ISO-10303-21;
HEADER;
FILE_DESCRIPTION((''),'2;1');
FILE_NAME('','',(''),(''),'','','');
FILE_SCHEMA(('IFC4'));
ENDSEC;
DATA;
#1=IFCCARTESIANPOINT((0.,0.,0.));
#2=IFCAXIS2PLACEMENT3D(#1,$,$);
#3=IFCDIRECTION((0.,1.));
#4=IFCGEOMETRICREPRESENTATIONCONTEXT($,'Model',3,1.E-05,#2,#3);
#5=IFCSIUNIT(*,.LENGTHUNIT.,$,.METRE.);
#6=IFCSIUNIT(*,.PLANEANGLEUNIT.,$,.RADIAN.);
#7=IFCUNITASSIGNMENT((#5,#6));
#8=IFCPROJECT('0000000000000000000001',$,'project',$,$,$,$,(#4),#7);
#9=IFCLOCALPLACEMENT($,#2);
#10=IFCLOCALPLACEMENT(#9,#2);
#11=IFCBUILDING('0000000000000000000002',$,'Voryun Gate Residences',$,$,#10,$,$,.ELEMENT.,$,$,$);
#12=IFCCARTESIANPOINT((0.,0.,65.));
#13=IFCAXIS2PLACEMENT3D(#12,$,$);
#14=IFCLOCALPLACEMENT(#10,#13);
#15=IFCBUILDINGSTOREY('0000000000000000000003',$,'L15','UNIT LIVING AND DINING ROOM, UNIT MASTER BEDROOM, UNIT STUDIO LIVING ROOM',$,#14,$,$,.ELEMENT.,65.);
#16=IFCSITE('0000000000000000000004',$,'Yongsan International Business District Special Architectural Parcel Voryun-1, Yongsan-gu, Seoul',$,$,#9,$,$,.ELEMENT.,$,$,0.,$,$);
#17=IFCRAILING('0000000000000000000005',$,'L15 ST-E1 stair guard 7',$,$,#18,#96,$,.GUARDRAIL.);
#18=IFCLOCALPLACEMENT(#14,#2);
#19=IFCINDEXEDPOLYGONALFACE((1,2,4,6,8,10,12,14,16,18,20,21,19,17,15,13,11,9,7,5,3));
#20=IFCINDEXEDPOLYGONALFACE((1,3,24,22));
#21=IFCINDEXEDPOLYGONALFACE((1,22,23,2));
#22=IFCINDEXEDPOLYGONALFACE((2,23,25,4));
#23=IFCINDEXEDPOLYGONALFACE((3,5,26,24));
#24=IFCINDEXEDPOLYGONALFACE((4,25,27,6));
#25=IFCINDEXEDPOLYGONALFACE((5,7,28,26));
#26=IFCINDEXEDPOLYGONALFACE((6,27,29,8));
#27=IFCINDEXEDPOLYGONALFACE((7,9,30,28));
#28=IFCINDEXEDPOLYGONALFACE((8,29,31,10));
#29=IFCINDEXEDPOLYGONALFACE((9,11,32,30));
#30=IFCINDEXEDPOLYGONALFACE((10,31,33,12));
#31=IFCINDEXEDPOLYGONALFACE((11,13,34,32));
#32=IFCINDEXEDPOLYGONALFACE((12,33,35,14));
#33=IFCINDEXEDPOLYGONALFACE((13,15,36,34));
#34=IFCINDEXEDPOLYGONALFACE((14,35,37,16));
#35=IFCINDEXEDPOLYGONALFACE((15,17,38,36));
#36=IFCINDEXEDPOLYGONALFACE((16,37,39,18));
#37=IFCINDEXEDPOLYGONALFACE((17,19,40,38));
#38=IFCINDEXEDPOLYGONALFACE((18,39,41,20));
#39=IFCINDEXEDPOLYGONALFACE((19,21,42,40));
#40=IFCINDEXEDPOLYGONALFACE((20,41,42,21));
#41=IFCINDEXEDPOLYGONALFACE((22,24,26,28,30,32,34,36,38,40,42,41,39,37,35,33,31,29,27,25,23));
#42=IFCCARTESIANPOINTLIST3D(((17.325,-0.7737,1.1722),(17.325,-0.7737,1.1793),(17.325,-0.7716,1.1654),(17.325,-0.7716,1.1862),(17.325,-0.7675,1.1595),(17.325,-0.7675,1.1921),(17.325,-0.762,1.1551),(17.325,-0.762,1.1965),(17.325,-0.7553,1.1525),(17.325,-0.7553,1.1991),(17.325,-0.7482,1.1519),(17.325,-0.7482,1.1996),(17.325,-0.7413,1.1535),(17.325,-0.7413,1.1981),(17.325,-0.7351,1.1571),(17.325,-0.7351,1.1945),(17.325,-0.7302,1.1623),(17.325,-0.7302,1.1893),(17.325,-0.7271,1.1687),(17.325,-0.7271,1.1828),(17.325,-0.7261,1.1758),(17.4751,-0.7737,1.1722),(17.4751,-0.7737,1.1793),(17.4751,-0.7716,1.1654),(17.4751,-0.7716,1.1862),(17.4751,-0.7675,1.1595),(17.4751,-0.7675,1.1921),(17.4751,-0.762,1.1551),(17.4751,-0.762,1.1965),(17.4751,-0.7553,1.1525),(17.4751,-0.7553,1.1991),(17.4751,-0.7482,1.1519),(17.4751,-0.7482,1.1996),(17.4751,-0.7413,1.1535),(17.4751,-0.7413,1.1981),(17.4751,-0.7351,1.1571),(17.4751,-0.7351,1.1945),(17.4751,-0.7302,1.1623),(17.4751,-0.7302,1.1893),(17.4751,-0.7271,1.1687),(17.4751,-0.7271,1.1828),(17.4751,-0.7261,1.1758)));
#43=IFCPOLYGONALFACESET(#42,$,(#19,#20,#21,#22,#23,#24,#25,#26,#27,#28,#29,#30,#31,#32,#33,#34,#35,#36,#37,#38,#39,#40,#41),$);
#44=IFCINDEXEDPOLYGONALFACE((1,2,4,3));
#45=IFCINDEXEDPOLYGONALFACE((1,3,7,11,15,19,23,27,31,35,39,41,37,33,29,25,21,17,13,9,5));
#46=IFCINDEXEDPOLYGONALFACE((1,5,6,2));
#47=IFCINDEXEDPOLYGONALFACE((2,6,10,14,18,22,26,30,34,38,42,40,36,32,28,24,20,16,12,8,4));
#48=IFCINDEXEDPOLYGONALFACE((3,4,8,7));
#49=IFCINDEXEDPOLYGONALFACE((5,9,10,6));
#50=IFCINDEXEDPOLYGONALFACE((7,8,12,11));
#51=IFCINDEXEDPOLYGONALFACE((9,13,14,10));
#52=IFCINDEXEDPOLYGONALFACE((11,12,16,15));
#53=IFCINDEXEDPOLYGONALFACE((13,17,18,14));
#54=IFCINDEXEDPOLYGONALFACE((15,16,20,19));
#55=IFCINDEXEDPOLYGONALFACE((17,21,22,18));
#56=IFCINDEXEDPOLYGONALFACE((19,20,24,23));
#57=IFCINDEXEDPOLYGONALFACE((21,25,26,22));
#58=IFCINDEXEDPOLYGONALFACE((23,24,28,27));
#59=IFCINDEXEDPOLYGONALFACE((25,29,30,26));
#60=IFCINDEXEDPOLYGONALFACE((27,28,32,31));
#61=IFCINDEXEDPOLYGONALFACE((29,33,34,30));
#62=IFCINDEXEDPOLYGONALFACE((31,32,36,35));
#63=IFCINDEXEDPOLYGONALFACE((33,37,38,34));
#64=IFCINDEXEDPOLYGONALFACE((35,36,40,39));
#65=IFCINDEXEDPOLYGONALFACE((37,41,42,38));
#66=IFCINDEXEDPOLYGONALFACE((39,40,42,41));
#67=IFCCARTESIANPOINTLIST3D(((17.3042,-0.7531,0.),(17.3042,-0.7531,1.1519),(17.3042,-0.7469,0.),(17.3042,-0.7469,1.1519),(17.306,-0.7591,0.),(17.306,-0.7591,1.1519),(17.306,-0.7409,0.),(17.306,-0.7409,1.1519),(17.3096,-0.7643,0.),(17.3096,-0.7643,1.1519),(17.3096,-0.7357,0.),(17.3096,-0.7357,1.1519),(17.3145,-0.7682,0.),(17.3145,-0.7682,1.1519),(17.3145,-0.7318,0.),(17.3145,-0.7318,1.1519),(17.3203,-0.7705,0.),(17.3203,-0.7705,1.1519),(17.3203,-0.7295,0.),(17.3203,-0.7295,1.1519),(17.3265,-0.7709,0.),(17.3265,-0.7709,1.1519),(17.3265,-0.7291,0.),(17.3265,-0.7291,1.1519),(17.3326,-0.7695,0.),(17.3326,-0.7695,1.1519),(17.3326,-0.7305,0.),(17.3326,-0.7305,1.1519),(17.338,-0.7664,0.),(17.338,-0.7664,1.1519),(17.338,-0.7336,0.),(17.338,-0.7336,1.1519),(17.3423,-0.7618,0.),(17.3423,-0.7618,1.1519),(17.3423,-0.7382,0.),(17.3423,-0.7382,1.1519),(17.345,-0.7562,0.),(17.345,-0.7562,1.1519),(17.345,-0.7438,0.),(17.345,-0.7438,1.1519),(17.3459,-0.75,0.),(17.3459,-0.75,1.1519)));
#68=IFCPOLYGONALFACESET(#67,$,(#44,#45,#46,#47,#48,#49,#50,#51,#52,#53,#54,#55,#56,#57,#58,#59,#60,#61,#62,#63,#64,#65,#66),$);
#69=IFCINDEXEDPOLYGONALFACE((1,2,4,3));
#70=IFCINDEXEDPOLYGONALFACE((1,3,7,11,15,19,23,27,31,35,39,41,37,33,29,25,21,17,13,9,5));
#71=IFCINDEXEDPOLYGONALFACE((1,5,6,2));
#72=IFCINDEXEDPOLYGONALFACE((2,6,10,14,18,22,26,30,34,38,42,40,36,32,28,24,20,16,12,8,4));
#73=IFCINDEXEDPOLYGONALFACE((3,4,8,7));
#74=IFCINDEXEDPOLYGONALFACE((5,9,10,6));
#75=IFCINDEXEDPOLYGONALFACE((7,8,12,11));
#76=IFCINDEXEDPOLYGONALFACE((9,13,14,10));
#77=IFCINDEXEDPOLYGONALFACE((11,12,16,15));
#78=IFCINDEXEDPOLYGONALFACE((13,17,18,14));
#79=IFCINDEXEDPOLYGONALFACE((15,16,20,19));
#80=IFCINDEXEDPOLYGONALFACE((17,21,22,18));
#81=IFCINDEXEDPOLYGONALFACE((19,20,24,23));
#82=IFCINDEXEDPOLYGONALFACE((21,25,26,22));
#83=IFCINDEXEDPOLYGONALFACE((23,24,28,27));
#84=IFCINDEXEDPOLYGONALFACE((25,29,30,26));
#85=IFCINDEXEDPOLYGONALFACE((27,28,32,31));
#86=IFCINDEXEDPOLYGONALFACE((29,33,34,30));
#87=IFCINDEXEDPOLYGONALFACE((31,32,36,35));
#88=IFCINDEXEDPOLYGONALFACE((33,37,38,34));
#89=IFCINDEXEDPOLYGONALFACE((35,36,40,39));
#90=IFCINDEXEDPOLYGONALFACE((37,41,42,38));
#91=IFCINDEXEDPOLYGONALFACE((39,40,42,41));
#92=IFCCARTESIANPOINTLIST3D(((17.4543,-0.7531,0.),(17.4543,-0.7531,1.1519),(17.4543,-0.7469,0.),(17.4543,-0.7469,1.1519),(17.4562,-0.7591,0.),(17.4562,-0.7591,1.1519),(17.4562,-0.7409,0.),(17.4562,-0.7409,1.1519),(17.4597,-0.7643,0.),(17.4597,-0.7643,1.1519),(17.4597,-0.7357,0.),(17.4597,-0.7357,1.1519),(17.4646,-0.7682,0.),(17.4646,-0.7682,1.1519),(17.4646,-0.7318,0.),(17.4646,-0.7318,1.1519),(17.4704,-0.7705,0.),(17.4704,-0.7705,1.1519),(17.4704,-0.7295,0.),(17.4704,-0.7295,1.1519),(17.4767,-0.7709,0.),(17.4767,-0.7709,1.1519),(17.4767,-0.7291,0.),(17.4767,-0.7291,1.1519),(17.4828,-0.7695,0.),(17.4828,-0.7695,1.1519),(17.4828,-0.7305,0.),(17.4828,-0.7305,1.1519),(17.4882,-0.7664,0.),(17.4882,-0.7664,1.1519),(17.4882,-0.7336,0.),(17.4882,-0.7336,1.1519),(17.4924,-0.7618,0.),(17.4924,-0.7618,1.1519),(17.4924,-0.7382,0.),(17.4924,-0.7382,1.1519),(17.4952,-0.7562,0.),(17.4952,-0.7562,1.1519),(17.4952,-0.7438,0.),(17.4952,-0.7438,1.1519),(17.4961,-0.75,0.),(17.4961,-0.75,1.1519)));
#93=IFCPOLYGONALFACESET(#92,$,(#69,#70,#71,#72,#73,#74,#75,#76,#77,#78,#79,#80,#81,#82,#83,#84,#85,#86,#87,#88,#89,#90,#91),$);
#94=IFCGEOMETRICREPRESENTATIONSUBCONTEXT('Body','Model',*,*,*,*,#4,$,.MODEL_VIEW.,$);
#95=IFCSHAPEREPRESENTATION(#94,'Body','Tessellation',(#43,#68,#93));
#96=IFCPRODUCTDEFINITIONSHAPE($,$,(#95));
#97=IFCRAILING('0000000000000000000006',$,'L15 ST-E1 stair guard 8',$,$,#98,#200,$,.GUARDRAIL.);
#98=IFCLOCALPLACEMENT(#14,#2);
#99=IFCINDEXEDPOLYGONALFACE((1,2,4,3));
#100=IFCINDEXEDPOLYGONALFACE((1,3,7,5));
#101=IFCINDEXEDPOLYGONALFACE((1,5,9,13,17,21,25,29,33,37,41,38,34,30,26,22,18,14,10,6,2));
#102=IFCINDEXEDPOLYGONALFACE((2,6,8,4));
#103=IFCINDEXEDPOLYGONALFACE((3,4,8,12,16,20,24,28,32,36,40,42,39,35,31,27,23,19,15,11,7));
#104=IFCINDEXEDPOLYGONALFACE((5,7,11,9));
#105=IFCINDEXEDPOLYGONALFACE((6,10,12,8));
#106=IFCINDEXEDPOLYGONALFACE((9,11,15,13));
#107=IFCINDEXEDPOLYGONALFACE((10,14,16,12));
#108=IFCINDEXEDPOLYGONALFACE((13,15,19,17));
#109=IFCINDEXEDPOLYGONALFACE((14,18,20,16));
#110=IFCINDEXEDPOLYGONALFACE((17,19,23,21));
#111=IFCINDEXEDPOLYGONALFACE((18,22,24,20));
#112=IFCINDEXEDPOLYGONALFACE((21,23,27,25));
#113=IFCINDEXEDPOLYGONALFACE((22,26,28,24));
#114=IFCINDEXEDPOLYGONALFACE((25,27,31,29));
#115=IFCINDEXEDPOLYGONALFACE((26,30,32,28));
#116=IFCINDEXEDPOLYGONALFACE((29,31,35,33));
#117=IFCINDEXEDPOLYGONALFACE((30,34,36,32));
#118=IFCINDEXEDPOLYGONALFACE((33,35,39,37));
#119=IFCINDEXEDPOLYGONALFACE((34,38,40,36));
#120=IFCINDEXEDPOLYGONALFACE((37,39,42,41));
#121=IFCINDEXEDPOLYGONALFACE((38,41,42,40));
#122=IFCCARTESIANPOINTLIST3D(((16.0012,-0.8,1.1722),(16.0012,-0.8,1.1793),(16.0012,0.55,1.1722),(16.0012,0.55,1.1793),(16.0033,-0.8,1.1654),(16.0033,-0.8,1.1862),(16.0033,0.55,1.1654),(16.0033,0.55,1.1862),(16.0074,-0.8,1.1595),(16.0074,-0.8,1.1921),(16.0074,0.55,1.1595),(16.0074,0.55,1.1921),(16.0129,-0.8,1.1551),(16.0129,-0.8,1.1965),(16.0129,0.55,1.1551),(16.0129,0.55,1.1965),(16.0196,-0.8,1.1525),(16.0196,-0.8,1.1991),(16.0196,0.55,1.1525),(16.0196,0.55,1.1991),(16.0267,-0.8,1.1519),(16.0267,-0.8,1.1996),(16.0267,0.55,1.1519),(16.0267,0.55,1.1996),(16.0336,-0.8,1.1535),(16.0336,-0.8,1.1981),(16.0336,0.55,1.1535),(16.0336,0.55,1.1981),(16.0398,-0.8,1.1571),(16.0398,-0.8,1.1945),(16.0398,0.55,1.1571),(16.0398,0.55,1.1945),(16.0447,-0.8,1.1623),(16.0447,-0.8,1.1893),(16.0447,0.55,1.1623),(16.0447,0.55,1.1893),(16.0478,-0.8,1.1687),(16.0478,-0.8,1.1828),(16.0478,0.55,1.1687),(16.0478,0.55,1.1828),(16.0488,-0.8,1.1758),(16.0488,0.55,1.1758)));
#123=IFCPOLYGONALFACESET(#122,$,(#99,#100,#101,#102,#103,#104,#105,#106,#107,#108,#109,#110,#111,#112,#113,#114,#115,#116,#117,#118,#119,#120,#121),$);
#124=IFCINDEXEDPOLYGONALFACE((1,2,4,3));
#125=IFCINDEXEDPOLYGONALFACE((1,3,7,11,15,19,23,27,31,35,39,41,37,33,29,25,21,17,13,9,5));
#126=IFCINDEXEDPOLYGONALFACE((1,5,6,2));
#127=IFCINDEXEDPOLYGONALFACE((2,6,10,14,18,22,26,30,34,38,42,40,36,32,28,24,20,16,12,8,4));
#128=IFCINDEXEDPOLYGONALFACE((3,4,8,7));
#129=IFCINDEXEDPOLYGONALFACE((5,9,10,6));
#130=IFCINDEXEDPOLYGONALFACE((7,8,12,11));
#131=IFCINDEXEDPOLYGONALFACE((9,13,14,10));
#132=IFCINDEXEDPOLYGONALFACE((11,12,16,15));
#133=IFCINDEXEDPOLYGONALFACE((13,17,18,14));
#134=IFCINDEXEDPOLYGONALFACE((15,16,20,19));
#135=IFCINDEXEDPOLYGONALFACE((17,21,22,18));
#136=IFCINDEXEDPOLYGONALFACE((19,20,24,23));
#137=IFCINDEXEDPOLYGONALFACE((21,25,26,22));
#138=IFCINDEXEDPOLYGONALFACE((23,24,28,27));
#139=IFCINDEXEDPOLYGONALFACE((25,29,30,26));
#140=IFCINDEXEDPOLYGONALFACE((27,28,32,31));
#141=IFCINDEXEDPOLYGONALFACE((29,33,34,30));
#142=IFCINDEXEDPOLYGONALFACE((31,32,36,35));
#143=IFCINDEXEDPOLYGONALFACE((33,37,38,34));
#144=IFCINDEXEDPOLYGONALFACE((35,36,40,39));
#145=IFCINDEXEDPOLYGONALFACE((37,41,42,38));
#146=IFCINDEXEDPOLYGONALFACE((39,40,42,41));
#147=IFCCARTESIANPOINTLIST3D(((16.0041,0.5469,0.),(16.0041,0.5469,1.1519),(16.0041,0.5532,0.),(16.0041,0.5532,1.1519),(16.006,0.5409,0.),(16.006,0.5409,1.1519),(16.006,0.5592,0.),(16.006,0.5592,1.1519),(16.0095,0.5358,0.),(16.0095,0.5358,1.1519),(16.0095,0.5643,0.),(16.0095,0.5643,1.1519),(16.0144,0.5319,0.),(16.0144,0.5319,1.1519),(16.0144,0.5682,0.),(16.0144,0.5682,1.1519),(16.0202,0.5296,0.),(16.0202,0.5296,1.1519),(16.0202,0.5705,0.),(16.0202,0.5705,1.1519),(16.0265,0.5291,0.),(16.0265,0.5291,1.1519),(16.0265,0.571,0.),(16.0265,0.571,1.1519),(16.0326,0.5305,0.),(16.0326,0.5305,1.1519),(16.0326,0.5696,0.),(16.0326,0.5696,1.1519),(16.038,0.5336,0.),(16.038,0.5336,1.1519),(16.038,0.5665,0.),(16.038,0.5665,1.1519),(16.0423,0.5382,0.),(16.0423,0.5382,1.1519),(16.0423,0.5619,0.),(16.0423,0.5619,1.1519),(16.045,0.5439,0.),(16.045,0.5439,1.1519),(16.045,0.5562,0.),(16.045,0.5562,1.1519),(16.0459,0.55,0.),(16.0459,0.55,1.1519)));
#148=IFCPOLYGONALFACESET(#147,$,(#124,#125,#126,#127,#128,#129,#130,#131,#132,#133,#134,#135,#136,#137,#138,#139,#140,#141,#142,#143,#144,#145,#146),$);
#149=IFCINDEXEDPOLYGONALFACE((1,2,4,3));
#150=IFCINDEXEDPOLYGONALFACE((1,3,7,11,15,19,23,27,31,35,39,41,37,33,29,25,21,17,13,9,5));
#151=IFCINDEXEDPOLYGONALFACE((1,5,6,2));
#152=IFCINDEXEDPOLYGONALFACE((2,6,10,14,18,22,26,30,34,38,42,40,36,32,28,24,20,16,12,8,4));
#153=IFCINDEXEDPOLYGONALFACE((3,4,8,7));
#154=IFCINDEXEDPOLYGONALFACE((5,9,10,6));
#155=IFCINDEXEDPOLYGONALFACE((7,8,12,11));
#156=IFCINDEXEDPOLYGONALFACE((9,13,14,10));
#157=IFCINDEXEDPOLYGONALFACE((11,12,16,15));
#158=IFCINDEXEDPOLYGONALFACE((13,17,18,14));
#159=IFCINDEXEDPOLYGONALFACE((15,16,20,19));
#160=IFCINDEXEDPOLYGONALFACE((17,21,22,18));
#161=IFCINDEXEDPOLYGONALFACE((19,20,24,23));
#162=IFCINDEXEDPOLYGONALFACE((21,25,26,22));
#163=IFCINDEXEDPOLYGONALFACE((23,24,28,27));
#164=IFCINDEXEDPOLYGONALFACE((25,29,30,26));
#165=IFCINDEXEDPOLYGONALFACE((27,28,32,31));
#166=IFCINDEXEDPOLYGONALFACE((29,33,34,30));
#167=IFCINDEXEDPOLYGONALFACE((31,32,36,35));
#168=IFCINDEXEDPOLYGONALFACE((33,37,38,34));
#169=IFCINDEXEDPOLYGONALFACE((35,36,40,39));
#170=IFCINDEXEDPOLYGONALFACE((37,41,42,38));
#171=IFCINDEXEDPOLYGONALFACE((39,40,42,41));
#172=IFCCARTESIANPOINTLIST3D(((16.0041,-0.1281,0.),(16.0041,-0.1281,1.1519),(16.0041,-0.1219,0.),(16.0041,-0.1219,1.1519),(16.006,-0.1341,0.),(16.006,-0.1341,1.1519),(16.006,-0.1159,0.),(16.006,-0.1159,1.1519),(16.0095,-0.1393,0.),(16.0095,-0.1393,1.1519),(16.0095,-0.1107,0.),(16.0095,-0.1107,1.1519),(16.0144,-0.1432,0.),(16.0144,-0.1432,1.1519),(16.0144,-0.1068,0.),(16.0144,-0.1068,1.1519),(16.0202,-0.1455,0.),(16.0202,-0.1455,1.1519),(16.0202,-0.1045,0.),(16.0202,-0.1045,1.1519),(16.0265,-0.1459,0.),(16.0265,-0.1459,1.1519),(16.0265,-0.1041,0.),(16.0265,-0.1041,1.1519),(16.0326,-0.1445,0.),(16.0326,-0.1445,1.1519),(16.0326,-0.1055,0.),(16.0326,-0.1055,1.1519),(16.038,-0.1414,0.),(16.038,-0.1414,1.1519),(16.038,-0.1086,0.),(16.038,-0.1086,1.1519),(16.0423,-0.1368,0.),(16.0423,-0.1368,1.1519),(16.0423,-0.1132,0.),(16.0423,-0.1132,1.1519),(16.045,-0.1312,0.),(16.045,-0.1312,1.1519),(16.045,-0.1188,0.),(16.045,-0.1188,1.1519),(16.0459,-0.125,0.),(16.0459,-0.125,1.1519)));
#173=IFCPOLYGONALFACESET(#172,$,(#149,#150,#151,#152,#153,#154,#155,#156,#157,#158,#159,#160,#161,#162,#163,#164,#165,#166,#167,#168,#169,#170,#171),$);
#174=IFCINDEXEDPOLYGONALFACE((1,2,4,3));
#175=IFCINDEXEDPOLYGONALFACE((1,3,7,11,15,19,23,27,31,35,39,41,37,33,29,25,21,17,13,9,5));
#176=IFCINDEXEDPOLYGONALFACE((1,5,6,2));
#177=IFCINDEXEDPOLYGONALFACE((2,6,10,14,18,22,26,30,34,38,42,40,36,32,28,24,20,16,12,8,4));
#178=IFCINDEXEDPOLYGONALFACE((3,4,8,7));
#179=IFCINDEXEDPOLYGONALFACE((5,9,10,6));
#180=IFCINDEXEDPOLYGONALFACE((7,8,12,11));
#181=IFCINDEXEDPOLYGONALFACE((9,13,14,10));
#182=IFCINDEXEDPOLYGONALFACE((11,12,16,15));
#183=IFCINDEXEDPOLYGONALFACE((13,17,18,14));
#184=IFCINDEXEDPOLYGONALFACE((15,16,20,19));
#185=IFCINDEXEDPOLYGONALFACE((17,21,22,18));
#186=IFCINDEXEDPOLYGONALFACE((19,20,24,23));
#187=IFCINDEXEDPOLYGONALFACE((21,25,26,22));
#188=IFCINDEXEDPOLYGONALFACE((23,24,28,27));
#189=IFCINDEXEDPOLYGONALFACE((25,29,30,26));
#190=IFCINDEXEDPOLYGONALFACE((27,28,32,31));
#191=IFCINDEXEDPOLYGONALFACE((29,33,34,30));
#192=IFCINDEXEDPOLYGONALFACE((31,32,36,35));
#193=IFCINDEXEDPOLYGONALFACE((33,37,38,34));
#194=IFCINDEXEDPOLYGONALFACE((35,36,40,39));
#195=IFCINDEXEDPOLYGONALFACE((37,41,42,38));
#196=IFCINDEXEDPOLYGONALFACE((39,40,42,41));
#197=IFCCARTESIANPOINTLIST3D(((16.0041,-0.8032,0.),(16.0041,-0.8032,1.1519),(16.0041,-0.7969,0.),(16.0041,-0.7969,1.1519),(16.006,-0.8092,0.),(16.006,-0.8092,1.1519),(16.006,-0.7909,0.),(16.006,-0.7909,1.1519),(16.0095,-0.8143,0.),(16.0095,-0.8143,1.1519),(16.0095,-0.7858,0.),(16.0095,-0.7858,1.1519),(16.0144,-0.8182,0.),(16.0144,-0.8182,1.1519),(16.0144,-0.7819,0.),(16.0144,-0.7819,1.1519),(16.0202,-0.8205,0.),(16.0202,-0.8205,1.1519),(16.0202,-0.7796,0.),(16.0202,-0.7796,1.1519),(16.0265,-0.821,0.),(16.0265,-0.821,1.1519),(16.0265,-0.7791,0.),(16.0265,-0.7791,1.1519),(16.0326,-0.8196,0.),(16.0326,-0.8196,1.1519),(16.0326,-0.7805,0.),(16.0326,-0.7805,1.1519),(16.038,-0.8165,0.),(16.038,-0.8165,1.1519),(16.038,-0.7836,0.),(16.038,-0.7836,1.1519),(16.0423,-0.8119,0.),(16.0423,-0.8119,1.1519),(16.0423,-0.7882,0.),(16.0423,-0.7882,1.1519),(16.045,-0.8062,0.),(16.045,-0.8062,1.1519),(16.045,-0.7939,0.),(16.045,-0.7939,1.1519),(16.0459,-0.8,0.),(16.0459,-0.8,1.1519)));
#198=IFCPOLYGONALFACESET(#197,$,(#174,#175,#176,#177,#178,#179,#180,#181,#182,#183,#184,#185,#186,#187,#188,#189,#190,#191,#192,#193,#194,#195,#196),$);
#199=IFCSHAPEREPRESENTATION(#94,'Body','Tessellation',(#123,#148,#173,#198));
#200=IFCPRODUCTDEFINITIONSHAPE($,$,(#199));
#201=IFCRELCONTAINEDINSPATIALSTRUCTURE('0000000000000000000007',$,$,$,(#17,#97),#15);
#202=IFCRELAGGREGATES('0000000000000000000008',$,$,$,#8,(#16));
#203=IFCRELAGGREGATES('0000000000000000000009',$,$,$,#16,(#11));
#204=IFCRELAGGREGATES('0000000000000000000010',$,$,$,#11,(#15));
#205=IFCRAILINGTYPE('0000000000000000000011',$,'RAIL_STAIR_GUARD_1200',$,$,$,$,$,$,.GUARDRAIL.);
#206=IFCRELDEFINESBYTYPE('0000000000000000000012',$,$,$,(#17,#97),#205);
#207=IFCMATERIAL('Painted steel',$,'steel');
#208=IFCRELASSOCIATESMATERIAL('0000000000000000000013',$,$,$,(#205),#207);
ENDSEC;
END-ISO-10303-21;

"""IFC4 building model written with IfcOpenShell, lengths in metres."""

from ifc_helpers import new_model, si_unit, direction, frame, origin, origin_2d, place, context, subcontext, project, spatial, circle, extrude, material, type_object, element, save


model = new_model("IFC4")

# Units and contexts
model_context = context("Model", 3, precision=1e-05, world=origin(), true_north=direction((0.0, 1.0)))
body_context = subcontext(model_context, "Body", "Model", "MODEL_VIEW")
ifc_project = project(units=[si_unit("LENGTHUNIT", "METRE"), si_unit("PLANEANGLEUNIT", "RADIAN")], contexts=[model_context])

# Site, building, storey
site_placement = place(None, origin())
site = spatial("IfcSite", under=ifc_project, at=site_placement, Name="Yongsan International Business District Special Architectural Parcel Voryun-1, Yongsan-gu, Seoul", CompositionType="ELEMENT", RefElevation=0.0)
building_placement = place(site_placement, origin())
building = spatial("IfcBuilding", under=site, at=building_placement, Name="Voryun Gate Residences", CompositionType="ELEMENT")
storey_placement = place(building_placement, frame((0.0, 0.0, 65.0)))
storey = spatial("IfcBuildingStorey", under=building, at=storey_placement, Name="L15", Description="UNIT LIVING AND DINING ROOM, UNIT MASTER BEDROOM, UNIT STUDIO LIVING ROOM", CompositionType="ELEMENT", Elevation=65.0)

# Railings
ifc_material_1 = material(Name="Painted steel", Category="steel")
railing_type = type_object("IfcRailingType", Name="RAIL_STAIR_GUARD_1200", PredefinedType="GUARDRAIL", material=ifc_material_1)
railing_1_placement = place(storey_placement, frame((17.325, -0.75, 0.0)))
element("IfcRailing", 1, at=railing_1_placement, inside=storey, type_object=railing_type, Name="L15 ST-E1 stair guard 7", PredefinedType="GUARDRAIL", context=body_context, shape_type="SweptSolid", body=[
    extrude(circle(Radius=0.0239, at=origin_2d()), frame((0.0, 0.0, 1.1758), z_axis=(1.0, 0.0, 0.0), x_axis=(0.0, 1.0, 0.0)), (0.0, 0.0, 1.0), 0.1501),
    extrude(circle(Radius=0.021, at=origin_2d()), origin(), (0.0, 0.0, 1.0), 1.1519),
    extrude(circle(Radius=0.021, at=origin_2d()), frame((0.1501, 0.0, 0.0)), (0.0, 0.0, 1.0), 1.1519),
])
for number, where, name in (
    (2, (16.0249, 0.55, 0.0), "L15 ST-E1 stair guard 8"),
):
    element("IfcRailing", number, at=place(storey_placement, frame(where)), inside=storey, type_object=railing_type, Name=name, PredefinedType="GUARDRAIL", context=body_context, shape_type="SweptSolid", body=[
        extrude(circle(Radius=0.0239, at=origin_2d()), frame((0.0, 0.0, 1.1758), z_axis=(0.0, -1.0, 0.0), x_axis=(1.0, 0.0, 0.0)), (0.0, 0.0, 1.0), 1.3501),
        extrude(circle(Radius=0.021, at=origin_2d()), origin(), (0.0, 0.0, 1.0), 1.1519),
        extrude(circle(Radius=0.021, at=origin_2d()), frame((0.0, -0.675, 0.0)), (0.0, 0.0, 1.0), 1.1519),
        extrude(circle(Radius=0.021, at=origin_2d()), frame((0.0, -1.3501, 0.0)), (0.0, 0.0, 1.0), 1.1519),
    ])

save(model, "model.ifc")
